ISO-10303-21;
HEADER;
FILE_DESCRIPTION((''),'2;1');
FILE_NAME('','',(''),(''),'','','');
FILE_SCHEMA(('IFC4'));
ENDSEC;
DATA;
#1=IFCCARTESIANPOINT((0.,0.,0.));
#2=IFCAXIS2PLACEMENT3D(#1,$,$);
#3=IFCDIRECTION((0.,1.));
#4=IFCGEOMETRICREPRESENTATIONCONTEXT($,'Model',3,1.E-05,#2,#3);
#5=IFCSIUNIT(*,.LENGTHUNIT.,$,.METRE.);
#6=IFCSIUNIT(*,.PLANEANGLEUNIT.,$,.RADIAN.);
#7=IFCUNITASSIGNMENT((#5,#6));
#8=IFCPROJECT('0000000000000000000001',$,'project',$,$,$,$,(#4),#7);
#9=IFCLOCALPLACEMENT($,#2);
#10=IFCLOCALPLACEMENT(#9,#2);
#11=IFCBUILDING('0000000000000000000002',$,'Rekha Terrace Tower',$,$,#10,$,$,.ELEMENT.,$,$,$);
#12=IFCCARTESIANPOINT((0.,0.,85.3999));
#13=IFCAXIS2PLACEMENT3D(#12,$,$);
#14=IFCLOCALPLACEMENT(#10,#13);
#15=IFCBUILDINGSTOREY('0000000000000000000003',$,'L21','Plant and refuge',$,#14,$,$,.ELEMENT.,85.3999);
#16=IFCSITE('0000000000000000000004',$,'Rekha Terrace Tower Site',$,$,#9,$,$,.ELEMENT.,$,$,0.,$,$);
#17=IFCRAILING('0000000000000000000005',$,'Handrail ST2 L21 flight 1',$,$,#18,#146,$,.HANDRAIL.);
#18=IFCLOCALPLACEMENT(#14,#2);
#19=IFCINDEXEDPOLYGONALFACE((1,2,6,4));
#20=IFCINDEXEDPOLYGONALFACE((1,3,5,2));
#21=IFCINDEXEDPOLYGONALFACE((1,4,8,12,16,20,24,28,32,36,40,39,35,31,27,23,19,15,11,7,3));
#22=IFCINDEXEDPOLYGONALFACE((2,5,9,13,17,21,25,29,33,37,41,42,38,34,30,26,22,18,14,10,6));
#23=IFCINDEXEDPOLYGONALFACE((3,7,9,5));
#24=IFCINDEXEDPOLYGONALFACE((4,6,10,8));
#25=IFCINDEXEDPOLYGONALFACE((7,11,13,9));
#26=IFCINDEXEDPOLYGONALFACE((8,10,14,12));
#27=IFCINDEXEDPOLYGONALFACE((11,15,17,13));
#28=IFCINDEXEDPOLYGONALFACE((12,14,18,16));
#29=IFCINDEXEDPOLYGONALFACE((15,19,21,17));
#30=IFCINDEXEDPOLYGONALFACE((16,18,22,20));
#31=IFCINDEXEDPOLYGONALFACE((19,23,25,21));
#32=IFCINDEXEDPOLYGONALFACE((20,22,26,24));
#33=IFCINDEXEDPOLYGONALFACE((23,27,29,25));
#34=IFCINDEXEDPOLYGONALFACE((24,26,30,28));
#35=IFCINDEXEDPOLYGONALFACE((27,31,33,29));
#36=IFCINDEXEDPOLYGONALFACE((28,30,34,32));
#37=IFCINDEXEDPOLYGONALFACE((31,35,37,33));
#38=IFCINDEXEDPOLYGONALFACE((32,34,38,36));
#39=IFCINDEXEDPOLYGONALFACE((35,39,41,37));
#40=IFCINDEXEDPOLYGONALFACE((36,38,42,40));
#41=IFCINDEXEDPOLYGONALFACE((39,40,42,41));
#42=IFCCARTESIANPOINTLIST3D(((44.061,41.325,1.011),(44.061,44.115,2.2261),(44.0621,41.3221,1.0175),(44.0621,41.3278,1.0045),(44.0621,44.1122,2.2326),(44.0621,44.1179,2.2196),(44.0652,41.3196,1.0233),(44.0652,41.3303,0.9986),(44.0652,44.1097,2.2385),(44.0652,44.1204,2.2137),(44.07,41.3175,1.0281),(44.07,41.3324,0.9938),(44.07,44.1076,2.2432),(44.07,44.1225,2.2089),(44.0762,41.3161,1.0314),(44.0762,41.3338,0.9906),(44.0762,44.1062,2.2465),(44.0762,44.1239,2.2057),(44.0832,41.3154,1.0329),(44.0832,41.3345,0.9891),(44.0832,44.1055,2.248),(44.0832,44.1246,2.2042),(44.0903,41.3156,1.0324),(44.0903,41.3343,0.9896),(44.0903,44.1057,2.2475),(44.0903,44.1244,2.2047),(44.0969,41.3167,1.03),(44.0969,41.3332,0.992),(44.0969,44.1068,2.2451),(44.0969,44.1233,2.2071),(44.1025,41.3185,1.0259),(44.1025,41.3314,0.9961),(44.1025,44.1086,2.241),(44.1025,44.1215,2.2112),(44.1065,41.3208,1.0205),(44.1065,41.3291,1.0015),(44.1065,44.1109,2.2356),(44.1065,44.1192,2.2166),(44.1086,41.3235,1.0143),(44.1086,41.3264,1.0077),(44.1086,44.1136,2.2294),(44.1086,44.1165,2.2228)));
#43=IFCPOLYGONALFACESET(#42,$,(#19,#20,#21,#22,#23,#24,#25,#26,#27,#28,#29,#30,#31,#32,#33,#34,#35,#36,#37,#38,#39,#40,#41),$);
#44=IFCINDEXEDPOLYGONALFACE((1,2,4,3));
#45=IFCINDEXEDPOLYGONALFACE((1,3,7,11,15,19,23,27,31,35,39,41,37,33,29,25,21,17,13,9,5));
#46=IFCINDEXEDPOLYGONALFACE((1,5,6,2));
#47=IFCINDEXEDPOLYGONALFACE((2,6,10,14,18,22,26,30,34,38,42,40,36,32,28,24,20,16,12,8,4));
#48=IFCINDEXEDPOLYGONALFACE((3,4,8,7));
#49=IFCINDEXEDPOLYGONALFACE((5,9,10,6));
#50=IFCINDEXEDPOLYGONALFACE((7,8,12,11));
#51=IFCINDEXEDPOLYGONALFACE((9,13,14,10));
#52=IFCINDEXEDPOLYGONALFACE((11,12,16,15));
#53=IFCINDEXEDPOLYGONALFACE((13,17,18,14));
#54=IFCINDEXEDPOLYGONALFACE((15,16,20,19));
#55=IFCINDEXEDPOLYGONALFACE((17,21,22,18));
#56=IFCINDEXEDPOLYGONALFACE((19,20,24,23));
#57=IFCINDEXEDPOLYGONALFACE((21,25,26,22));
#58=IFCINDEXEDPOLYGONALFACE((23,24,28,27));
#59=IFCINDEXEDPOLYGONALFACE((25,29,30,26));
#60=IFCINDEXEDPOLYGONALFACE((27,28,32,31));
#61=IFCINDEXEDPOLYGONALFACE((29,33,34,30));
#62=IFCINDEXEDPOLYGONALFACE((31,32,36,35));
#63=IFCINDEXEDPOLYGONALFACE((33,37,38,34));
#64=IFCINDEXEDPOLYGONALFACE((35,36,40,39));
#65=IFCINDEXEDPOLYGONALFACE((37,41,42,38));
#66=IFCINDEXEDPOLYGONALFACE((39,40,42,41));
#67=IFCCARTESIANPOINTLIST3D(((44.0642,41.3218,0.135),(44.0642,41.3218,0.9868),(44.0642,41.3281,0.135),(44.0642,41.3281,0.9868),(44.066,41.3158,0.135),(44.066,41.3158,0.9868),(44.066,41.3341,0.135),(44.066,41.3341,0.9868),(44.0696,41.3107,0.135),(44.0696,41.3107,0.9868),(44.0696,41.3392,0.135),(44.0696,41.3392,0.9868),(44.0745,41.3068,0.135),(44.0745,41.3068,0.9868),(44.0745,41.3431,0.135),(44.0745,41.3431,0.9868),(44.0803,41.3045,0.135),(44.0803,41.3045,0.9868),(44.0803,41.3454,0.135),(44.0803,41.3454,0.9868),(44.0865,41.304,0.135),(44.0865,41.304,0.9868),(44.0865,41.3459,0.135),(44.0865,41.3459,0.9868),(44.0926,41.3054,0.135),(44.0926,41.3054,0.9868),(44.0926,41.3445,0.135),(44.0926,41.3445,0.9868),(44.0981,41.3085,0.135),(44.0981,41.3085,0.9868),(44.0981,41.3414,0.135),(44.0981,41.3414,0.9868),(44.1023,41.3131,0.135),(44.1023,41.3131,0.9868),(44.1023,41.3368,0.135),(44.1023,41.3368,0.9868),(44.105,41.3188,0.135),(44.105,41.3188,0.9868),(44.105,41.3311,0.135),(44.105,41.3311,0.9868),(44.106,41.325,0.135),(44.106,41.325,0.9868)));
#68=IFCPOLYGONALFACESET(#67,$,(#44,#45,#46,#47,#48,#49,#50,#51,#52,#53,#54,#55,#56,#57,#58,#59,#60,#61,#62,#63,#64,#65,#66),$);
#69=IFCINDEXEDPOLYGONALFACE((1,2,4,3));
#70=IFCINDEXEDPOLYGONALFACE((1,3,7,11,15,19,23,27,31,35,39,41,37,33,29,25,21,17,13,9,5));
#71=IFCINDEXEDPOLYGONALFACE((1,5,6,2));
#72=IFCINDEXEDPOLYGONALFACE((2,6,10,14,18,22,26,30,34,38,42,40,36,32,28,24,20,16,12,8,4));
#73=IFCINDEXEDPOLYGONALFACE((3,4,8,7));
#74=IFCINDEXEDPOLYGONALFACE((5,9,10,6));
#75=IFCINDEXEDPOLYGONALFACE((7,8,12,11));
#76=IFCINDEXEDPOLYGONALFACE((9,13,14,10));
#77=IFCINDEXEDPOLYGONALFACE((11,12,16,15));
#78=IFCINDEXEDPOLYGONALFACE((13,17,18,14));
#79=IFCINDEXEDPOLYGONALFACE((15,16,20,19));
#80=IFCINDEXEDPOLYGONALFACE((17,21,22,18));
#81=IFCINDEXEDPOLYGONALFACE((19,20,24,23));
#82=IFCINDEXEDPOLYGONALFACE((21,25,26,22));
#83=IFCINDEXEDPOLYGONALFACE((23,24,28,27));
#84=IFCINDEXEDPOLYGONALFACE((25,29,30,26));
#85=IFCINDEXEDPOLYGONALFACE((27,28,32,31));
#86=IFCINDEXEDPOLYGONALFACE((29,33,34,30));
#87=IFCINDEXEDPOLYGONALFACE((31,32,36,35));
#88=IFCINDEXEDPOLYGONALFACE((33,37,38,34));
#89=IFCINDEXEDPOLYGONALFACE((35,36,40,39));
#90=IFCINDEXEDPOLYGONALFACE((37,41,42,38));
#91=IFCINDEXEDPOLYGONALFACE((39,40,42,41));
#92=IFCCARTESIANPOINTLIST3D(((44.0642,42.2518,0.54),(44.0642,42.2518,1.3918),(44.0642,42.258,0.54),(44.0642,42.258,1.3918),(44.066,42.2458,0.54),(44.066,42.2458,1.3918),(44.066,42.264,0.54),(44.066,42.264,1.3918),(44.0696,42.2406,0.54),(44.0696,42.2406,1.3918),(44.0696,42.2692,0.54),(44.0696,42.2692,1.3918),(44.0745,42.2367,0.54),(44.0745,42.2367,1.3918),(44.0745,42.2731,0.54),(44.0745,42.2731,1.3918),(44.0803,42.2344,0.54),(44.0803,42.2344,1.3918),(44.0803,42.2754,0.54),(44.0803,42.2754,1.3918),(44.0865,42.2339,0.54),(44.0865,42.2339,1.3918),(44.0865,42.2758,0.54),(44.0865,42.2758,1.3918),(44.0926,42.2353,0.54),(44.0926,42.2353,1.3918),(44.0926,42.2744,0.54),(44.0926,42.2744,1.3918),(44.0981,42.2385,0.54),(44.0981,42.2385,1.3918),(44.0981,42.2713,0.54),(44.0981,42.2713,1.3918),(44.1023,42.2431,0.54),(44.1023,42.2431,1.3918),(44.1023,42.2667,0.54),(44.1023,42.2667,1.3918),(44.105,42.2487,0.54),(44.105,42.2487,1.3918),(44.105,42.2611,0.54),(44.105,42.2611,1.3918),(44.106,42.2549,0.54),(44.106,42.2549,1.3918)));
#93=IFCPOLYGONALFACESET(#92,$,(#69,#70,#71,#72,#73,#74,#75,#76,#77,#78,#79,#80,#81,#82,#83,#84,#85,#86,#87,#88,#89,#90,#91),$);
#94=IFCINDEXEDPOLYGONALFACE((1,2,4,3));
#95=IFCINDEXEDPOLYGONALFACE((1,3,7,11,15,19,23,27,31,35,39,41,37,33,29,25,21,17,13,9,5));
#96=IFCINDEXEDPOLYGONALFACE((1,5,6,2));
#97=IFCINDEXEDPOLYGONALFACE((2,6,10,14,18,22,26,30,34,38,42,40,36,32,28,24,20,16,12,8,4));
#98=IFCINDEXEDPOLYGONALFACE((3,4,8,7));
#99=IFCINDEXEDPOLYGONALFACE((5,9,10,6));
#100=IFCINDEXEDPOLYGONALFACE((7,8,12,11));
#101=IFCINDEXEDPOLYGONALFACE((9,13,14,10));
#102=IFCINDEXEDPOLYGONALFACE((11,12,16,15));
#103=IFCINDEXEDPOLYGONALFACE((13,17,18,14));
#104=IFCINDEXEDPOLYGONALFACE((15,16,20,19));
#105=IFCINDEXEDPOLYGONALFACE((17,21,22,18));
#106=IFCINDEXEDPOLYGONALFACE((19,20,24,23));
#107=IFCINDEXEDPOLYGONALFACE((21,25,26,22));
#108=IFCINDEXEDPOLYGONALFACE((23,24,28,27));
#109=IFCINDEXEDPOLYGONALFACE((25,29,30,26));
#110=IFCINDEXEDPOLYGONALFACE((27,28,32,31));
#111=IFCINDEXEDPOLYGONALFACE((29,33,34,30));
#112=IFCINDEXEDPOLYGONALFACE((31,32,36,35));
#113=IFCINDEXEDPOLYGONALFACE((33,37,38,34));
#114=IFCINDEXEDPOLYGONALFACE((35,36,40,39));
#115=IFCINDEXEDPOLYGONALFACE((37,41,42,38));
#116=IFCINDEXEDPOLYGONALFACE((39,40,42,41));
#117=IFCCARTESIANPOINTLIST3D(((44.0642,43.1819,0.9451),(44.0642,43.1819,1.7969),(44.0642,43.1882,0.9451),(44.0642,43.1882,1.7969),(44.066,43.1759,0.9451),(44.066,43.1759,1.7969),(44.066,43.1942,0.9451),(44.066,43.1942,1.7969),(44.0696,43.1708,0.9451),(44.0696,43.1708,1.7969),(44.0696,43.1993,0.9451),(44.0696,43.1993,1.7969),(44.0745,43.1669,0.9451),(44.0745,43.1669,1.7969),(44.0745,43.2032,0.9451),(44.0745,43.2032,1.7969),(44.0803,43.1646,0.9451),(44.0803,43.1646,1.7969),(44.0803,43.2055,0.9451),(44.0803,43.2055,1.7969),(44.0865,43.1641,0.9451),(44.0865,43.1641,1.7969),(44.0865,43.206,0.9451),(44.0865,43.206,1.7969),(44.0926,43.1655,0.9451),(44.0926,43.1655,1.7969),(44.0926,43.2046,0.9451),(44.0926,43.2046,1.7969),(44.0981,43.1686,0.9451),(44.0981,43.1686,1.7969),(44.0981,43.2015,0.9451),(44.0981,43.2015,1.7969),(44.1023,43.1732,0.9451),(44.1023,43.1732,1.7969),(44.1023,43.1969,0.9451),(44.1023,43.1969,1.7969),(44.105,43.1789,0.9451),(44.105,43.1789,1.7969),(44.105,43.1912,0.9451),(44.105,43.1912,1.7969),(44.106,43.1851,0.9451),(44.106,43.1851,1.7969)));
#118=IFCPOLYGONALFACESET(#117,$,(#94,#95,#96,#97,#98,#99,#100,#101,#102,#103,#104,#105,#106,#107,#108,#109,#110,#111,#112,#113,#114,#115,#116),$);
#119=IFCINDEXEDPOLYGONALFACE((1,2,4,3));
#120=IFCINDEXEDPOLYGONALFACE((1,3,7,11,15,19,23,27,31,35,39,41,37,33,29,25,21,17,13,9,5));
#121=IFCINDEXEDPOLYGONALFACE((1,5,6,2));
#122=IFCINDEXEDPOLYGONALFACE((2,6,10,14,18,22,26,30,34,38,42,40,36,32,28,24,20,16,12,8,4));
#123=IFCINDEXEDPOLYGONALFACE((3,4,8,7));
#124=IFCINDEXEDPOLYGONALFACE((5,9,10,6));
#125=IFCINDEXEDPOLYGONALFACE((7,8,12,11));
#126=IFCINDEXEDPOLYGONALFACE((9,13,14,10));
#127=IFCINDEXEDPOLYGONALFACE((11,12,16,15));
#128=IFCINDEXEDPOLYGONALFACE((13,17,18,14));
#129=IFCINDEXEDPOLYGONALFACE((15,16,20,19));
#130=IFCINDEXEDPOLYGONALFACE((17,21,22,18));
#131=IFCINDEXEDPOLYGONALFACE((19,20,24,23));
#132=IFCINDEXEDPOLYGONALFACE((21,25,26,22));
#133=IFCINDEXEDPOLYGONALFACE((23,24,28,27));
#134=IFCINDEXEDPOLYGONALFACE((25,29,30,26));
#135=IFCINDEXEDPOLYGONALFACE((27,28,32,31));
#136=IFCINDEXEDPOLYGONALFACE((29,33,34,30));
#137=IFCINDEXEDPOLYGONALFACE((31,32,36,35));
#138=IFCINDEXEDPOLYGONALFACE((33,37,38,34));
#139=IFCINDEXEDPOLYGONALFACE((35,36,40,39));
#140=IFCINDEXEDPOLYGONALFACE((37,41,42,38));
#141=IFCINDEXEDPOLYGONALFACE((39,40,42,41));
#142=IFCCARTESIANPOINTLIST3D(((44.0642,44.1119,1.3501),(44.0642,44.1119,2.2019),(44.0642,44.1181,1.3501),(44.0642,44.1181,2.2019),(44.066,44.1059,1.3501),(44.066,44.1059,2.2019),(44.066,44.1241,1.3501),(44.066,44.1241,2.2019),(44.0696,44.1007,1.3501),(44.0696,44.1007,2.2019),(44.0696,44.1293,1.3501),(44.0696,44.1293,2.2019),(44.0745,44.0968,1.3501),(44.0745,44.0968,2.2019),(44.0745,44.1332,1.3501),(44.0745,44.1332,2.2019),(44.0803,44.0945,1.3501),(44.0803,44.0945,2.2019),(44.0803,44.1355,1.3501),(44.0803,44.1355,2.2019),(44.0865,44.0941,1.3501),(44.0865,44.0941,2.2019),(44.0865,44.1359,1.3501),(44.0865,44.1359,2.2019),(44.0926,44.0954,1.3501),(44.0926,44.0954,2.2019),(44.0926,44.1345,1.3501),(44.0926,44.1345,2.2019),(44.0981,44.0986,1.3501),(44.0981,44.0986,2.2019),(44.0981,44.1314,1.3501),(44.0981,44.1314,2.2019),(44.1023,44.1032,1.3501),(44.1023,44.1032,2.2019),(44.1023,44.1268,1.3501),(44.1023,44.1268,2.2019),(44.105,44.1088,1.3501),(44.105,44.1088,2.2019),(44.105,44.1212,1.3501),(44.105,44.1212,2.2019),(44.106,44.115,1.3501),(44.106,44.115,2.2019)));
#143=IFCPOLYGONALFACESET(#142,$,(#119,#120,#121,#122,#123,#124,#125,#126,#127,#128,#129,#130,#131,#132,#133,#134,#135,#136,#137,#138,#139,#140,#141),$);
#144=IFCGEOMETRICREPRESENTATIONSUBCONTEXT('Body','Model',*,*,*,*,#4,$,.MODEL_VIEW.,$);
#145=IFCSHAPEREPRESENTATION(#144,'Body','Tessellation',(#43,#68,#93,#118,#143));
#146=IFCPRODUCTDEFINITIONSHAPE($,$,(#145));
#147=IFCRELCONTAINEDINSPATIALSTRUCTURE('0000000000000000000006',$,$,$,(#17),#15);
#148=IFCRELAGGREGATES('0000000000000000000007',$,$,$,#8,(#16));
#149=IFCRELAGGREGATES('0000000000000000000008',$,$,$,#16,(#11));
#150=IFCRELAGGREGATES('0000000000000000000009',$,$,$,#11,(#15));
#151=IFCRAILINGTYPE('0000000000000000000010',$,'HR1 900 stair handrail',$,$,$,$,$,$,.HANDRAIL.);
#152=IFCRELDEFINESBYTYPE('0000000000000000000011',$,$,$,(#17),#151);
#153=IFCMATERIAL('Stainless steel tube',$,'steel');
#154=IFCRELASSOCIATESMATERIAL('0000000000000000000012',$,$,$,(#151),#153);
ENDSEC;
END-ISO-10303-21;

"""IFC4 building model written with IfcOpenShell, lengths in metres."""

from ifc_helpers import new_model, si_unit, direction, frame, origin, origin_2d, place, context, subcontext, project, spatial, circle, extrude, material, type_object, element, save


model = new_model("IFC4")

# Units and contexts
model_context = context("Model", 3, precision=1e-05, world=origin(), true_north=direction((0.0, 1.0)))
body_context = subcontext(model_context, "Body", "Model", "MODEL_VIEW")
ifc_project = project(units=[si_unit("LENGTHUNIT", "METRE"), si_unit("PLANEANGLEUNIT", "RADIAN")], contexts=[model_context])

# Site, building, storey
site_placement = place(None, origin())
site = spatial("IfcSite", under=ifc_project, at=site_placement, Name="Rekha Terrace Tower Site", CompositionType="ELEMENT", RefElevation=0.0)
building_placement = place(site_placement, origin())
building = spatial("IfcBuilding", under=site, at=building_placement, Name="Rekha Terrace Tower", CompositionType="ELEMENT")
storey_placement = place(building_placement, frame((0.0, 0.0, 85.3999)))
storey = spatial("IfcBuildingStorey", under=building, at=storey_placement, Name="L21", Description="Plant and refuge", CompositionType="ELEMENT", Elevation=85.3999)

# Railing
ifc_material_1 = material(Name="Stainless steel tube", Category="steel")
railing_type_1 = type_object("IfcRailingType", Name="HR1 900 stair handrail", PredefinedType="HANDRAIL", material=ifc_material_1)
railing_1_placement = place(storey_placement, frame((44.085, 41.325, 0.135)))
element("IfcRailing", 1, at=railing_1_placement, inside=storey, type_object=railing_type_1, Name="Handrail ST2 L21 flight 1", PredefinedType="HANDRAIL", context=body_context, shape_type="SweptSolid", body=[
    extrude(circle(Radius=0.0239, at=origin_2d()), frame((0.0, 0.0, 0.876), z_axis=(0.0, 0.916826, 0.399286), x_axis=(-1.0, 0.0, 0.0)), (0.0, 0.0, 1.0), 3.0432),
    extrude(circle(Radius=0.021, at=origin_2d()), origin(), (0.0, 0.0, 1.0), 0.8518),
    extrude(circle(Radius=0.021, at=origin_2d()), frame((0.0, 0.9299, 0.405)), (0.0, 0.0, 1.0), 0.8518),
    extrude(circle(Radius=0.021, at=origin_2d()), frame((0.0, 1.8601, 0.8101)), (0.0, 0.0, 1.0), 0.8518),
    extrude(circle(Radius=0.021, at=origin_2d()), frame((0.0, 2.79, 1.2151)), (0.0, 0.0, 1.0), 0.8518),
])

save(model, "model.ifc")
